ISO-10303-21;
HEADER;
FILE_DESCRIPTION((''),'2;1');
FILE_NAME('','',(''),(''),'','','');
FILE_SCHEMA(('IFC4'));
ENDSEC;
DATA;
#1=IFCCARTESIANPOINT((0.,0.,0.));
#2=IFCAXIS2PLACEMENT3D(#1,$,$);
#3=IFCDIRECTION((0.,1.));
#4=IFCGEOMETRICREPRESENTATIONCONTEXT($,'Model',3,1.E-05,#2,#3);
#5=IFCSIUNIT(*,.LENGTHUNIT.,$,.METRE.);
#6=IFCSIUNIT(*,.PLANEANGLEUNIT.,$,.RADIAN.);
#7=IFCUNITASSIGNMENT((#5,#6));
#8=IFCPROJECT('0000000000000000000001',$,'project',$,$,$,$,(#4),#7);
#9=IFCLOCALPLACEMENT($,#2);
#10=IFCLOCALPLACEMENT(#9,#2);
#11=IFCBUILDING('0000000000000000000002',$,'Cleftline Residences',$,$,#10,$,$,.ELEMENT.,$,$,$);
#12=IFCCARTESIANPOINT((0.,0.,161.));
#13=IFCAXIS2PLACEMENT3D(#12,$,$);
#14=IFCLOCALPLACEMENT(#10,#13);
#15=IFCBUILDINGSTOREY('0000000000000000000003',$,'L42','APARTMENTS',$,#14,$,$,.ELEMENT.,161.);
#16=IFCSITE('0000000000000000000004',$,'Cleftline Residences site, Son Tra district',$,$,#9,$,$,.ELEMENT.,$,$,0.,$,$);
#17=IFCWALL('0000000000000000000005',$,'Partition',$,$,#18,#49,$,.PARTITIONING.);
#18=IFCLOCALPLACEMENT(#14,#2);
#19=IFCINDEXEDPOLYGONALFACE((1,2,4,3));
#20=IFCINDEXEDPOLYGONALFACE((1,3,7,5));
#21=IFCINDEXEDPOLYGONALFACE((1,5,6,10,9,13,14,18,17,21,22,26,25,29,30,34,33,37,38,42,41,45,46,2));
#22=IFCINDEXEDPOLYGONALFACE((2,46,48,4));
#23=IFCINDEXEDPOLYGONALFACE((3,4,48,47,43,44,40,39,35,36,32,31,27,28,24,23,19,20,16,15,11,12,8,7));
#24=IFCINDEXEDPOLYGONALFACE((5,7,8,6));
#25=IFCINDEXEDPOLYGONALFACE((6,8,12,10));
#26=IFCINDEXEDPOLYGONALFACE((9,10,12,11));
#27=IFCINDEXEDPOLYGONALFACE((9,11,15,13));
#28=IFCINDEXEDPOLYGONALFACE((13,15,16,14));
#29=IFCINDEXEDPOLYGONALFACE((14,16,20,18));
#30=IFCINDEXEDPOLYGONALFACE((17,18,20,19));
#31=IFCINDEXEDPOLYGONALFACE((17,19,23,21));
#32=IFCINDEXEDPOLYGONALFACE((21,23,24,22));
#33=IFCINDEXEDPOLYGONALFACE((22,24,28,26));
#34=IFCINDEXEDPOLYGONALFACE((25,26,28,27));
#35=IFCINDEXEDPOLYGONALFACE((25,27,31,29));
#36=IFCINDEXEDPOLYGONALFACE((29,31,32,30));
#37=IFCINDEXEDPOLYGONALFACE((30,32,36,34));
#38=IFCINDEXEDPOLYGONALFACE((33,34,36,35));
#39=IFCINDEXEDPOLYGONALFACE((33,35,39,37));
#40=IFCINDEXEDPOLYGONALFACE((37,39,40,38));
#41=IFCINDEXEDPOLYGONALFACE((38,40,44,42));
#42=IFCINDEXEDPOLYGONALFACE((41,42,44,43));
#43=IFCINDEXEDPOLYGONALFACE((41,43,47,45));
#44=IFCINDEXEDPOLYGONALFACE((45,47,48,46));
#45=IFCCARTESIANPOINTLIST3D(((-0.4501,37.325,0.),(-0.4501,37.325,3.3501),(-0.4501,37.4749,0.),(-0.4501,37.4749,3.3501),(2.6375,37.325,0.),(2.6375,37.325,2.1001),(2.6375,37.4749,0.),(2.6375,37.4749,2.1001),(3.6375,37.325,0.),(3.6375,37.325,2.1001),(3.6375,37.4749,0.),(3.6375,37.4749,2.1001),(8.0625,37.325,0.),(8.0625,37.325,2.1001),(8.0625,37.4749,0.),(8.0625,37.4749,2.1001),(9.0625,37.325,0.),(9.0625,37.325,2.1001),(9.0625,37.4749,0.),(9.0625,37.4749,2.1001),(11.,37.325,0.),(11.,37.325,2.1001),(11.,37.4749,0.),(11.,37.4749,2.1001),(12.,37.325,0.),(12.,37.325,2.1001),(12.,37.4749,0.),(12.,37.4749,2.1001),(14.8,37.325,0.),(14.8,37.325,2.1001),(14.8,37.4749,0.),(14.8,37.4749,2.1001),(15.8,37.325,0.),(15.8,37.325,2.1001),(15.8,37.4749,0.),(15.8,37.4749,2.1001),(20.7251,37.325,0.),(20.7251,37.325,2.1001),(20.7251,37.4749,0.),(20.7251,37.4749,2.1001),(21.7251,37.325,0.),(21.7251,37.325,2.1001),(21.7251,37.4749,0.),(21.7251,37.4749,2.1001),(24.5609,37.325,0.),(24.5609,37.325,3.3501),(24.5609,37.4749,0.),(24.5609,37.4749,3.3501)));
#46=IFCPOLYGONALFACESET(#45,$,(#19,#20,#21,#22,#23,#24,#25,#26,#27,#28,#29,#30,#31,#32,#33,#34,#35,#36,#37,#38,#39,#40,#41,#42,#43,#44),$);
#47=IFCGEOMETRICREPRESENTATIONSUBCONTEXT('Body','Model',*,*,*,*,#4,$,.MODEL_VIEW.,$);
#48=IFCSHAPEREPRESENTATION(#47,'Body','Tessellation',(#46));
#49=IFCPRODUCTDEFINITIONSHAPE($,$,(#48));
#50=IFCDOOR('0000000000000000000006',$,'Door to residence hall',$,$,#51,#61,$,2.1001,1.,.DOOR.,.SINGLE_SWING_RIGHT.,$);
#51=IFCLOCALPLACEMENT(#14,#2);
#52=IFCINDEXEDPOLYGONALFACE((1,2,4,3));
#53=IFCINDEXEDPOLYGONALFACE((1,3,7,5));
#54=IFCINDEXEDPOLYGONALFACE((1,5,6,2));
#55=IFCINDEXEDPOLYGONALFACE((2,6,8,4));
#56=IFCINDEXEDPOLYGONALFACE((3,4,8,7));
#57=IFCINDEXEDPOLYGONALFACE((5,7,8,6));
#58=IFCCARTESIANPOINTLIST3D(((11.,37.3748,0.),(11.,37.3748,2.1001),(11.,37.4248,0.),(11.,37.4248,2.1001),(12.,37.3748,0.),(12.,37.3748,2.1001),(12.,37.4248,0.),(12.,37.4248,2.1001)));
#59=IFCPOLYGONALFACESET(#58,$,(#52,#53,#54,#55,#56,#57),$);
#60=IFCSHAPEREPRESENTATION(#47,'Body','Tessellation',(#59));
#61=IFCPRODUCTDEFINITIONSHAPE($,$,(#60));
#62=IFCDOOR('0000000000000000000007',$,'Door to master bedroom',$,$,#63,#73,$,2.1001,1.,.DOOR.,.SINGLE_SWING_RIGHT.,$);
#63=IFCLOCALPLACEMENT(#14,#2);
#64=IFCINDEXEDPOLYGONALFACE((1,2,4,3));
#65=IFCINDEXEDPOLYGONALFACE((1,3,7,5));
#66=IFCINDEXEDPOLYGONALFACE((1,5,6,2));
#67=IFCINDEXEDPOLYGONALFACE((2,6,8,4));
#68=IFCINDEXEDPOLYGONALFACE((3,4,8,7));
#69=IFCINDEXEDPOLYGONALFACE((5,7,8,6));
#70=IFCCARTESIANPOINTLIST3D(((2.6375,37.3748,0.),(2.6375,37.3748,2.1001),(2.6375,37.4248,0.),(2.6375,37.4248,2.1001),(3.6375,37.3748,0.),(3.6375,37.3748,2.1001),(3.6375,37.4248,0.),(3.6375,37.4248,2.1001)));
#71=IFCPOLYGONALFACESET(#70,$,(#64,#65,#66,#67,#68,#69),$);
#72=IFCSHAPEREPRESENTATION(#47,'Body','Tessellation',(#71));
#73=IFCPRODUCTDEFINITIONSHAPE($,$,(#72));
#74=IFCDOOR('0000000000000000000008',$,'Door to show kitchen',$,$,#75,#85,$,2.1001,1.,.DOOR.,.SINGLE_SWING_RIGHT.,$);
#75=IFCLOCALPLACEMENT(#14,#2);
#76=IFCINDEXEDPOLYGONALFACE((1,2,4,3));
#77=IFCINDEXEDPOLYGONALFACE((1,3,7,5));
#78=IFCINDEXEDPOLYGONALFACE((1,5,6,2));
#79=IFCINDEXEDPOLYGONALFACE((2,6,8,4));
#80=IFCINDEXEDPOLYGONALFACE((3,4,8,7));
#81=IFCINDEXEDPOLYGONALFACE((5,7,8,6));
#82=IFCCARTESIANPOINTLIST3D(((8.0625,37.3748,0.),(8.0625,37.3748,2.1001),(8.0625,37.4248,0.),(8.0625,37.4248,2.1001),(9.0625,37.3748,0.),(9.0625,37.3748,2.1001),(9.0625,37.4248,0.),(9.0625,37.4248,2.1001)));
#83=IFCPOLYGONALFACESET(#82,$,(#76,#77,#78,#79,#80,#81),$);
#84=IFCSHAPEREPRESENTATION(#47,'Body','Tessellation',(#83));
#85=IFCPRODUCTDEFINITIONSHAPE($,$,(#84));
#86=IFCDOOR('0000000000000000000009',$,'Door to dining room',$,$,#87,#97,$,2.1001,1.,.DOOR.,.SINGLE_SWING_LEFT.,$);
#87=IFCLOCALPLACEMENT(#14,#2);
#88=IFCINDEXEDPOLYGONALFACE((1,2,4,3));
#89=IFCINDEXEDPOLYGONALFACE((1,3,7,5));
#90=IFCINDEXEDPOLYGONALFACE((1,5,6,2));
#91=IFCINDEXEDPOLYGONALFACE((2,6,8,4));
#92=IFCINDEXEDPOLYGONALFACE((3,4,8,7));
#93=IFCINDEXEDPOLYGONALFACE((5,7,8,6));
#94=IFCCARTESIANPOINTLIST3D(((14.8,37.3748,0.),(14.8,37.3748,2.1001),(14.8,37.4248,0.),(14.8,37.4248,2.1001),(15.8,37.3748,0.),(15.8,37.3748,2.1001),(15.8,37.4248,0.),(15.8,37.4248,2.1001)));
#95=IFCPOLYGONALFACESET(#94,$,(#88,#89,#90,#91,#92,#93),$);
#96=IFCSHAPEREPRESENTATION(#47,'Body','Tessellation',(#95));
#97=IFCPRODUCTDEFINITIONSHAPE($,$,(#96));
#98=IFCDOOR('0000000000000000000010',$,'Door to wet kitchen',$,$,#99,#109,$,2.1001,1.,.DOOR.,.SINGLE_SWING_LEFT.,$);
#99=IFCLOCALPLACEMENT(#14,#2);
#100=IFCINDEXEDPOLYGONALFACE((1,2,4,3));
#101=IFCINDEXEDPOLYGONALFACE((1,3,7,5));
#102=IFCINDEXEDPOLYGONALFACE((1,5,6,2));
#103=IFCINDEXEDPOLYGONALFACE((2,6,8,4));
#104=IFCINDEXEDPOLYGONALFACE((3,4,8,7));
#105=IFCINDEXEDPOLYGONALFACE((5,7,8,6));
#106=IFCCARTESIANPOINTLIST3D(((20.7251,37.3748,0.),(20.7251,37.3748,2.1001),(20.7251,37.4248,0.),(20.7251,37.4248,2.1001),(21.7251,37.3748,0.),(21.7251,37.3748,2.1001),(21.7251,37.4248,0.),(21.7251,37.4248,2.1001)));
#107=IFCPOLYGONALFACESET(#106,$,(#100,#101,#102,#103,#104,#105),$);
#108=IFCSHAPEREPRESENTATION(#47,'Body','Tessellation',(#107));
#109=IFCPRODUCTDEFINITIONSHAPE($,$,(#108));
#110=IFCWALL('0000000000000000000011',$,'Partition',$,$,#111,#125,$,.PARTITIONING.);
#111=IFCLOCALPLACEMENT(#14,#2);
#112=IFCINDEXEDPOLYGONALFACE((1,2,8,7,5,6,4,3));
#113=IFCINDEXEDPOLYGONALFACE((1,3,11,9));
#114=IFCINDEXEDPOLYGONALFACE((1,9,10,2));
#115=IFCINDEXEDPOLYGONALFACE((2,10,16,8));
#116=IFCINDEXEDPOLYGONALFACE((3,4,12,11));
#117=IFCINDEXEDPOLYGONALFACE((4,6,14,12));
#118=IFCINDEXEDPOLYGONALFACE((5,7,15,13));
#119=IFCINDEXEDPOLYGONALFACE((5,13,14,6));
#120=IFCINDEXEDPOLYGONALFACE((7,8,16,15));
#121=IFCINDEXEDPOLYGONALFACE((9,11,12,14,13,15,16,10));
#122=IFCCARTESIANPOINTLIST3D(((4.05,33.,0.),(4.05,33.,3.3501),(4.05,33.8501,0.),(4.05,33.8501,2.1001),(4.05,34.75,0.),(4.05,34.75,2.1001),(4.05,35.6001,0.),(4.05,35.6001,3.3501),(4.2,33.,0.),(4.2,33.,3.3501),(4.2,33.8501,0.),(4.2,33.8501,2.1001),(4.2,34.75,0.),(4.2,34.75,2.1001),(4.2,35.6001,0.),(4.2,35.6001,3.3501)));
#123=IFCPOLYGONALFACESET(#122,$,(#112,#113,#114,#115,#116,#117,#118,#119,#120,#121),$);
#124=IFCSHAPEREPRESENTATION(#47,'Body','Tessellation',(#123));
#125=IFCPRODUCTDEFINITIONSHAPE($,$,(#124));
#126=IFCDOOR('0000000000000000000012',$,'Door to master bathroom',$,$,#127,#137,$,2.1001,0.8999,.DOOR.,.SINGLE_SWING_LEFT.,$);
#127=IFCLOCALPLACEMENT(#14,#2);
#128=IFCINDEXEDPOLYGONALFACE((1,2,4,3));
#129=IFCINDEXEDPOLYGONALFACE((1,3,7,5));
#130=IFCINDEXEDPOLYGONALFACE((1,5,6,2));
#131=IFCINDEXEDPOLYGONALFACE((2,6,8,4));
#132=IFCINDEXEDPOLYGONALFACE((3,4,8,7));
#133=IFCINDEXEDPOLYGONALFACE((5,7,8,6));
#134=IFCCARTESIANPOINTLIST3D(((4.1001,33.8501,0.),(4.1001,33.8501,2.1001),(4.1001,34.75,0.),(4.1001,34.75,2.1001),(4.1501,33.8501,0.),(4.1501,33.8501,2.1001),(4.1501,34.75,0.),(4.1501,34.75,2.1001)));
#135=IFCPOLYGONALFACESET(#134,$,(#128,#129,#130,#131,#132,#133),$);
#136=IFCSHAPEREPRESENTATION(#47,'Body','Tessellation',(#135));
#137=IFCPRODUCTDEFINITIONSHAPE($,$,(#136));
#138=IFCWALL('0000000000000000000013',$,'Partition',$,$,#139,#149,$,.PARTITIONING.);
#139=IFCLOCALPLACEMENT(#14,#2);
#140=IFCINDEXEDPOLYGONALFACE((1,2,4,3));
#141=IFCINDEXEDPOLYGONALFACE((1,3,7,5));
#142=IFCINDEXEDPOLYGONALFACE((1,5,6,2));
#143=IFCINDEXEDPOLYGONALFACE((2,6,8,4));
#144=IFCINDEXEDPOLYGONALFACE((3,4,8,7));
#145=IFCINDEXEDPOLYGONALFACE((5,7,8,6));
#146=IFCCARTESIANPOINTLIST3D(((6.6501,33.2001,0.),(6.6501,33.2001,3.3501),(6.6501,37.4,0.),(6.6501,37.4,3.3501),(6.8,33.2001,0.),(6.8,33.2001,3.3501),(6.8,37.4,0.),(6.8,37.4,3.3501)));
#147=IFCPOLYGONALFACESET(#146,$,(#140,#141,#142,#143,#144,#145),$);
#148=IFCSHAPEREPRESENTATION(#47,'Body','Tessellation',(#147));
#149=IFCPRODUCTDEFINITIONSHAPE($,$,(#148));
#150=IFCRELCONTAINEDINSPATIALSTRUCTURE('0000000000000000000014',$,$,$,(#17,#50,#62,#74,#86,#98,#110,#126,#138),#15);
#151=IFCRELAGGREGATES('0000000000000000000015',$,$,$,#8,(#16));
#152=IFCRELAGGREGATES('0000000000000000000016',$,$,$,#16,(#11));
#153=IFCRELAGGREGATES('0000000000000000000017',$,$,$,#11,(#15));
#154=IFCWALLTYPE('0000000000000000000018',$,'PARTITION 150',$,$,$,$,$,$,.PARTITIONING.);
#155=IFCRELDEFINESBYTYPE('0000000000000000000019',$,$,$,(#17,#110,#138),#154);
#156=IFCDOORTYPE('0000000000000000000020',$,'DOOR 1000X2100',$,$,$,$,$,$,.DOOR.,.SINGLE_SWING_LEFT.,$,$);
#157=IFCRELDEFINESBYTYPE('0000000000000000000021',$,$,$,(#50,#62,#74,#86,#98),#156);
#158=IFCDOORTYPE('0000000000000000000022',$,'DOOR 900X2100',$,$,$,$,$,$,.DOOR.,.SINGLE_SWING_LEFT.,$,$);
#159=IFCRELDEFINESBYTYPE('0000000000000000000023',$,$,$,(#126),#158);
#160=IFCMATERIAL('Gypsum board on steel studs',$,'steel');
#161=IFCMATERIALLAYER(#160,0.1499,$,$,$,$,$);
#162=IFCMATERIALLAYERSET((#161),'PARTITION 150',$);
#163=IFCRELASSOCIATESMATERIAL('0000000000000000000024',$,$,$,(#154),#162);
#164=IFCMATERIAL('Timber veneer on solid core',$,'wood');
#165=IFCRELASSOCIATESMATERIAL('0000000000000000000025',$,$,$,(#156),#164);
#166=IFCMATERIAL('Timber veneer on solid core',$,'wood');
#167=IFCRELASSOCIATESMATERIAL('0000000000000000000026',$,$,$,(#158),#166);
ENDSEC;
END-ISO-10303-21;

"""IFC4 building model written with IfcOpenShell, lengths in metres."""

from ifc_helpers import new_model, si_unit, direction, frame, frame_2d, origin, place, context, subcontext, project, spatial, rectangle, extrude, material, layer, layer_set, type_object, element, fill, save


model = new_model("IFC4")

# Units and contexts
model_context = context("Model", 3, precision=1e-05, world=origin(), true_north=direction((0.0, 1.0)))
body_context = subcontext(model_context, "Body", "Model", "MODEL_VIEW")
ifc_project = project(units=[si_unit("LENGTHUNIT", "METRE"), si_unit("PLANEANGLEUNIT", "RADIAN")], contexts=[model_context])

# Site, building, storey
site_placement = place(None, origin())
site = spatial("IfcSite", under=ifc_project, at=site_placement, Name="Cleftline Residences site, Son Tra district", CompositionType="ELEMENT", RefElevation=0.0)
building_placement = place(site_placement, origin())
building = spatial("IfcBuilding", under=site, at=building_placement, Name="Cleftline Residences", CompositionType="ELEMENT")
storey_placement = place(building_placement, frame((0.0, 0.0, 161.0)))
storey = spatial("IfcBuildingStorey", under=building, at=storey_placement, Name="L42", Description="APARTMENTS", CompositionType="ELEMENT", Elevation=161.0)

# Shared definitions
ifc_material_1 = material(Name="Gypsum board on steel studs", Category="steel")
ifc_layer = layer(ifc_material_1, 0.1499)
ifc_layer_set = layer_set([ifc_layer], Name="PARTITION 150")
wall_type = type_object("IfcWallType", Name="PARTITION 150", PredefinedType="PARTITIONING", material=ifc_layer_set)

# Wall, openings, doors
wall_1_placement = place(storey_placement, frame((-0.45, 37.3999, 0.0), z_axis=(0.0, 0.0, 1.0), x_axis=(1.0, 0.0, 0.0)))
wall_1 = element("IfcWall", 1, at=wall_1_placement, inside=storey, type_object=wall_type, Name="Partition", PredefinedType="PARTITIONING", context=body_context, shape_type="SweptSolid", body=[
    extrude(rectangle(XDim=25.011, YDim=0.1499, at=frame_2d((12.5054, 0.0))), origin(), (0.0, 0.0, 1.0), 3.3501),
])
opening_1_placement = place(wall_1_placement, frame((11.45, 0.0, 0.0)))
opening_1 = element("IfcOpeningElement", 2, at=opening_1_placement, cuts=wall_1, PredefinedType="OPENING", context=body_context, shape_type="SweptSolid", body=[
    extrude(rectangle(XDim=1.0, YDim=2.1001, at=frame_2d((0.5, 1.05))), frame((0.0, 0.085, 0.0), z_axis=(0.0, -1.0, 0.0), x_axis=(1.0, 0.0, 0.0)), (0.0, 0.0, 1.0), 0.1699),
])
opening_2_placement = place(wall_1_placement, frame((3.0874, 0.0, 0.0)))
opening_2 = element("IfcOpeningElement", 3, at=opening_2_placement, cuts=wall_1, PredefinedType="OPENING", context=body_context, shape_type="SweptSolid", body=[
    extrude(rectangle(XDim=1.0, YDim=2.1001, at=frame_2d((0.5, 1.05))), frame((0.0, 0.085, 0.0), z_axis=(0.0, -1.0, 0.0), x_axis=(1.0, 0.0, 0.0)), (0.0, 0.0, 1.0), 0.1699),
])
opening_3_placement = place(wall_1_placement, frame((8.5125, 0.0, 0.0)))
opening_3 = element("IfcOpeningElement", 4, at=opening_3_placement, cuts=wall_1, PredefinedType="OPENING", context=body_context, shape_type="SweptSolid", body=[
    extrude(rectangle(XDim=1.0, YDim=2.1001, at=frame_2d((0.5, 1.05))), frame((0.0, 0.085, 0.0), z_axis=(0.0, -1.0, 0.0), x_axis=(1.0, 0.0, 0.0)), (0.0, 0.0, 1.0), 0.1699),
])
opening_4_placement = place(wall_1_placement, frame((15.25, 0.0, 0.0)))
opening_4 = element("IfcOpeningElement", 5, at=opening_4_placement, cuts=wall_1, PredefinedType="OPENING", context=body_context, shape_type="SweptSolid", body=[
    extrude(rectangle(XDim=1.0, YDim=2.1001, at=frame_2d((0.5, 1.05))), frame((0.0, 0.085, 0.0), z_axis=(0.0, -1.0, 0.0), x_axis=(1.0, 0.0, 0.0)), (0.0, 0.0, 1.0), 0.1699),
])
opening_5_placement = place(wall_1_placement, frame((21.175, 0.0, 0.0)))
opening_5 = element("IfcOpeningElement", 6, at=opening_5_placement, cuts=wall_1, PredefinedType="OPENING", context=body_context, shape_type="SweptSolid", body=[
    extrude(rectangle(XDim=1.0, YDim=2.1001, at=frame_2d((0.5, 1.05))), frame((0.0, 0.085, 0.0), z_axis=(0.0, -1.0, 0.0), x_axis=(1.0, 0.0, 0.0)), (0.0, 0.0, 1.0), 0.1699),
])
ifc_material_2 = material(Name="Timber veneer on solid core", Category="wood")
door_type_1 = type_object("IfcDoorType", Name="DOOR 1000X2100", OperationType="SINGLE_SWING_LEFT", PredefinedType="DOOR", material=ifc_material_2)
door_1_placement = place(opening_1_placement, origin())
door_1 = element("IfcDoor", 7, at=door_1_placement, inside=storey, type_object=door_type_1, Name="Door to residence hall", OperationType="SINGLE_SWING_RIGHT", OverallHeight=2.1001, OverallWidth=1.0, PredefinedType="DOOR", context=body_context, shape_type="SweptSolid", body=[
    extrude(rectangle(XDim=1.0, YDim=2.1001, at=frame_2d((0.5, 1.05))), frame((0.0, 0.0249, 0.0), z_axis=(0.0, -1.0, 0.0), x_axis=(1.0, 0.0, 0.0)), (0.0, 0.0, 1.0), 0.05),
])
fill(opening_1, door_1)
door_2_placement = place(opening_2_placement, origin())
door_2 = element("IfcDoor", 8, at=door_2_placement, inside=storey, type_object=door_type_1, Name="Door to master bedroom", OperationType="SINGLE_SWING_RIGHT", OverallHeight=2.1001, OverallWidth=1.0, PredefinedType="DOOR", context=body_context, shape_type="SweptSolid", body=[
    extrude(rectangle(XDim=1.0, YDim=2.1001, at=frame_2d((0.5, 1.05))), frame((0.0, 0.0249, 0.0), z_axis=(0.0, -1.0, 0.0), x_axis=(1.0, 0.0, 0.0)), (0.0, 0.0, 1.0), 0.05),
])
fill(opening_2, door_2)
door_3_placement = place(opening_3_placement, origin())
door_3 = element("IfcDoor", 9, at=door_3_placement, inside=storey, type_object=door_type_1, Name="Door to show kitchen", OperationType="SINGLE_SWING_RIGHT", OverallHeight=2.1001, OverallWidth=1.0, PredefinedType="DOOR", context=body_context, shape_type="SweptSolid", body=[
    extrude(rectangle(XDim=1.0, YDim=2.1001, at=frame_2d((0.5, 1.05))), frame((0.0, 0.0249, 0.0), z_axis=(0.0, -1.0, 0.0), x_axis=(1.0, 0.0, 0.0)), (0.0, 0.0, 1.0), 0.05),
])
fill(opening_3, door_3)
door_4_placement = place(opening_4_placement, origin())
door_4 = element("IfcDoor", 10, at=door_4_placement, inside=storey, type_object=door_type_1, Name="Door to dining room", OperationType="SINGLE_SWING_LEFT", OverallHeight=2.1001, OverallWidth=1.0, PredefinedType="DOOR", context=body_context, shape_type="SweptSolid", body=[
    extrude(rectangle(XDim=1.0, YDim=2.1001, at=frame_2d((0.5, 1.05))), frame((0.0, 0.0249, 0.0), z_axis=(0.0, -1.0, 0.0), x_axis=(1.0, 0.0, 0.0)), (0.0, 0.0, 1.0), 0.05),
])
fill(opening_4, door_4)
door_5_placement = place(opening_5_placement, origin())
door_5 = element("IfcDoor", 11, at=door_5_placement, inside=storey, type_object=door_type_1, Name="Door to wet kitchen", OperationType="SINGLE_SWING_LEFT", OverallHeight=2.1001, OverallWidth=1.0, PredefinedType="DOOR", context=body_context, shape_type="SweptSolid", body=[
    extrude(rectangle(XDim=1.0, YDim=2.1001, at=frame_2d((0.5, 1.05))), frame((0.0, 0.0249, 0.0), z_axis=(0.0, -1.0, 0.0), x_axis=(1.0, 0.0, 0.0)), (0.0, 0.0, 1.0), 0.05),
])
fill(opening_5, door_5)

# Wall, opening, door
wall_2_placement = place(storey_placement, frame((4.125, 33.0, 0.0), z_axis=(0.0, 0.0, 1.0), x_axis=(0.0, 1.0, 0.0)))
wall_2 = element("IfcWall", 12, at=wall_2_placement, inside=storey, type_object=wall_type, Name="Partition", PredefinedType="PARTITIONING", context=body_context, shape_type="SweptSolid", body=[
    extrude(rectangle(XDim=2.6001, YDim=0.1499, at=frame_2d((1.3, 0.0))), origin(), (0.0, 0.0, 1.0), 3.3501),
])
opening_6_placement = place(wall_2_placement, frame((0.8501, 0.0, 0.0)))
opening_6 = element("IfcOpeningElement", 13, at=opening_6_placement, cuts=wall_2, PredefinedType="OPENING", context=body_context, shape_type="SweptSolid", body=[
    extrude(rectangle(XDim=0.8999, YDim=2.1001, at=frame_2d((0.45, 1.05))), frame((0.0, 0.085, 0.0), z_axis=(0.0, -1.0, 0.0), x_axis=(1.0, 0.0, 0.0)), (0.0, 0.0, 1.0), 0.1699),
])
ifc_material_3 = material(Name="Timber veneer on solid core", Category="wood")
door_type_2 = type_object("IfcDoorType", Name="DOOR 900X2100", OperationType="SINGLE_SWING_LEFT", PredefinedType="DOOR", material=ifc_material_3)
door_6_placement = place(opening_6_placement, origin())
door_6 = element("IfcDoor", 14, at=door_6_placement, inside=storey, type_object=door_type_2, Name="Door to master bathroom", OperationType="SINGLE_SWING_LEFT", OverallHeight=2.1001, OverallWidth=0.8999, PredefinedType="DOOR", context=body_context, shape_type="SweptSolid", body=[
    extrude(rectangle(XDim=0.8999, YDim=2.1001, at=frame_2d((0.45, 1.05))), frame((0.0, 0.0249, 0.0), z_axis=(0.0, -1.0, 0.0), x_axis=(1.0, 0.0, 0.0)), (0.0, 0.0, 1.0), 0.05),
])
fill(opening_6, door_6)

# Wall
wall_3_placement = place(storey_placement, frame((6.7251, 33.2, 0.0), z_axis=(0.0, 0.0, 1.0), x_axis=(0.0, 1.0, 0.0)))
element("IfcWall", 15, at=wall_3_placement, inside=storey, type_object=wall_type, Name="Partition", PredefinedType="PARTITIONING", context=body_context, shape_type="SweptSolid", body=[
    extrude(rectangle(XDim=4.2, YDim=0.1499, at=frame_2d((2.1001, 0.0))), origin(), (0.0, 0.0, 1.0), 3.3501),
])

save(model, "model.ifc")
